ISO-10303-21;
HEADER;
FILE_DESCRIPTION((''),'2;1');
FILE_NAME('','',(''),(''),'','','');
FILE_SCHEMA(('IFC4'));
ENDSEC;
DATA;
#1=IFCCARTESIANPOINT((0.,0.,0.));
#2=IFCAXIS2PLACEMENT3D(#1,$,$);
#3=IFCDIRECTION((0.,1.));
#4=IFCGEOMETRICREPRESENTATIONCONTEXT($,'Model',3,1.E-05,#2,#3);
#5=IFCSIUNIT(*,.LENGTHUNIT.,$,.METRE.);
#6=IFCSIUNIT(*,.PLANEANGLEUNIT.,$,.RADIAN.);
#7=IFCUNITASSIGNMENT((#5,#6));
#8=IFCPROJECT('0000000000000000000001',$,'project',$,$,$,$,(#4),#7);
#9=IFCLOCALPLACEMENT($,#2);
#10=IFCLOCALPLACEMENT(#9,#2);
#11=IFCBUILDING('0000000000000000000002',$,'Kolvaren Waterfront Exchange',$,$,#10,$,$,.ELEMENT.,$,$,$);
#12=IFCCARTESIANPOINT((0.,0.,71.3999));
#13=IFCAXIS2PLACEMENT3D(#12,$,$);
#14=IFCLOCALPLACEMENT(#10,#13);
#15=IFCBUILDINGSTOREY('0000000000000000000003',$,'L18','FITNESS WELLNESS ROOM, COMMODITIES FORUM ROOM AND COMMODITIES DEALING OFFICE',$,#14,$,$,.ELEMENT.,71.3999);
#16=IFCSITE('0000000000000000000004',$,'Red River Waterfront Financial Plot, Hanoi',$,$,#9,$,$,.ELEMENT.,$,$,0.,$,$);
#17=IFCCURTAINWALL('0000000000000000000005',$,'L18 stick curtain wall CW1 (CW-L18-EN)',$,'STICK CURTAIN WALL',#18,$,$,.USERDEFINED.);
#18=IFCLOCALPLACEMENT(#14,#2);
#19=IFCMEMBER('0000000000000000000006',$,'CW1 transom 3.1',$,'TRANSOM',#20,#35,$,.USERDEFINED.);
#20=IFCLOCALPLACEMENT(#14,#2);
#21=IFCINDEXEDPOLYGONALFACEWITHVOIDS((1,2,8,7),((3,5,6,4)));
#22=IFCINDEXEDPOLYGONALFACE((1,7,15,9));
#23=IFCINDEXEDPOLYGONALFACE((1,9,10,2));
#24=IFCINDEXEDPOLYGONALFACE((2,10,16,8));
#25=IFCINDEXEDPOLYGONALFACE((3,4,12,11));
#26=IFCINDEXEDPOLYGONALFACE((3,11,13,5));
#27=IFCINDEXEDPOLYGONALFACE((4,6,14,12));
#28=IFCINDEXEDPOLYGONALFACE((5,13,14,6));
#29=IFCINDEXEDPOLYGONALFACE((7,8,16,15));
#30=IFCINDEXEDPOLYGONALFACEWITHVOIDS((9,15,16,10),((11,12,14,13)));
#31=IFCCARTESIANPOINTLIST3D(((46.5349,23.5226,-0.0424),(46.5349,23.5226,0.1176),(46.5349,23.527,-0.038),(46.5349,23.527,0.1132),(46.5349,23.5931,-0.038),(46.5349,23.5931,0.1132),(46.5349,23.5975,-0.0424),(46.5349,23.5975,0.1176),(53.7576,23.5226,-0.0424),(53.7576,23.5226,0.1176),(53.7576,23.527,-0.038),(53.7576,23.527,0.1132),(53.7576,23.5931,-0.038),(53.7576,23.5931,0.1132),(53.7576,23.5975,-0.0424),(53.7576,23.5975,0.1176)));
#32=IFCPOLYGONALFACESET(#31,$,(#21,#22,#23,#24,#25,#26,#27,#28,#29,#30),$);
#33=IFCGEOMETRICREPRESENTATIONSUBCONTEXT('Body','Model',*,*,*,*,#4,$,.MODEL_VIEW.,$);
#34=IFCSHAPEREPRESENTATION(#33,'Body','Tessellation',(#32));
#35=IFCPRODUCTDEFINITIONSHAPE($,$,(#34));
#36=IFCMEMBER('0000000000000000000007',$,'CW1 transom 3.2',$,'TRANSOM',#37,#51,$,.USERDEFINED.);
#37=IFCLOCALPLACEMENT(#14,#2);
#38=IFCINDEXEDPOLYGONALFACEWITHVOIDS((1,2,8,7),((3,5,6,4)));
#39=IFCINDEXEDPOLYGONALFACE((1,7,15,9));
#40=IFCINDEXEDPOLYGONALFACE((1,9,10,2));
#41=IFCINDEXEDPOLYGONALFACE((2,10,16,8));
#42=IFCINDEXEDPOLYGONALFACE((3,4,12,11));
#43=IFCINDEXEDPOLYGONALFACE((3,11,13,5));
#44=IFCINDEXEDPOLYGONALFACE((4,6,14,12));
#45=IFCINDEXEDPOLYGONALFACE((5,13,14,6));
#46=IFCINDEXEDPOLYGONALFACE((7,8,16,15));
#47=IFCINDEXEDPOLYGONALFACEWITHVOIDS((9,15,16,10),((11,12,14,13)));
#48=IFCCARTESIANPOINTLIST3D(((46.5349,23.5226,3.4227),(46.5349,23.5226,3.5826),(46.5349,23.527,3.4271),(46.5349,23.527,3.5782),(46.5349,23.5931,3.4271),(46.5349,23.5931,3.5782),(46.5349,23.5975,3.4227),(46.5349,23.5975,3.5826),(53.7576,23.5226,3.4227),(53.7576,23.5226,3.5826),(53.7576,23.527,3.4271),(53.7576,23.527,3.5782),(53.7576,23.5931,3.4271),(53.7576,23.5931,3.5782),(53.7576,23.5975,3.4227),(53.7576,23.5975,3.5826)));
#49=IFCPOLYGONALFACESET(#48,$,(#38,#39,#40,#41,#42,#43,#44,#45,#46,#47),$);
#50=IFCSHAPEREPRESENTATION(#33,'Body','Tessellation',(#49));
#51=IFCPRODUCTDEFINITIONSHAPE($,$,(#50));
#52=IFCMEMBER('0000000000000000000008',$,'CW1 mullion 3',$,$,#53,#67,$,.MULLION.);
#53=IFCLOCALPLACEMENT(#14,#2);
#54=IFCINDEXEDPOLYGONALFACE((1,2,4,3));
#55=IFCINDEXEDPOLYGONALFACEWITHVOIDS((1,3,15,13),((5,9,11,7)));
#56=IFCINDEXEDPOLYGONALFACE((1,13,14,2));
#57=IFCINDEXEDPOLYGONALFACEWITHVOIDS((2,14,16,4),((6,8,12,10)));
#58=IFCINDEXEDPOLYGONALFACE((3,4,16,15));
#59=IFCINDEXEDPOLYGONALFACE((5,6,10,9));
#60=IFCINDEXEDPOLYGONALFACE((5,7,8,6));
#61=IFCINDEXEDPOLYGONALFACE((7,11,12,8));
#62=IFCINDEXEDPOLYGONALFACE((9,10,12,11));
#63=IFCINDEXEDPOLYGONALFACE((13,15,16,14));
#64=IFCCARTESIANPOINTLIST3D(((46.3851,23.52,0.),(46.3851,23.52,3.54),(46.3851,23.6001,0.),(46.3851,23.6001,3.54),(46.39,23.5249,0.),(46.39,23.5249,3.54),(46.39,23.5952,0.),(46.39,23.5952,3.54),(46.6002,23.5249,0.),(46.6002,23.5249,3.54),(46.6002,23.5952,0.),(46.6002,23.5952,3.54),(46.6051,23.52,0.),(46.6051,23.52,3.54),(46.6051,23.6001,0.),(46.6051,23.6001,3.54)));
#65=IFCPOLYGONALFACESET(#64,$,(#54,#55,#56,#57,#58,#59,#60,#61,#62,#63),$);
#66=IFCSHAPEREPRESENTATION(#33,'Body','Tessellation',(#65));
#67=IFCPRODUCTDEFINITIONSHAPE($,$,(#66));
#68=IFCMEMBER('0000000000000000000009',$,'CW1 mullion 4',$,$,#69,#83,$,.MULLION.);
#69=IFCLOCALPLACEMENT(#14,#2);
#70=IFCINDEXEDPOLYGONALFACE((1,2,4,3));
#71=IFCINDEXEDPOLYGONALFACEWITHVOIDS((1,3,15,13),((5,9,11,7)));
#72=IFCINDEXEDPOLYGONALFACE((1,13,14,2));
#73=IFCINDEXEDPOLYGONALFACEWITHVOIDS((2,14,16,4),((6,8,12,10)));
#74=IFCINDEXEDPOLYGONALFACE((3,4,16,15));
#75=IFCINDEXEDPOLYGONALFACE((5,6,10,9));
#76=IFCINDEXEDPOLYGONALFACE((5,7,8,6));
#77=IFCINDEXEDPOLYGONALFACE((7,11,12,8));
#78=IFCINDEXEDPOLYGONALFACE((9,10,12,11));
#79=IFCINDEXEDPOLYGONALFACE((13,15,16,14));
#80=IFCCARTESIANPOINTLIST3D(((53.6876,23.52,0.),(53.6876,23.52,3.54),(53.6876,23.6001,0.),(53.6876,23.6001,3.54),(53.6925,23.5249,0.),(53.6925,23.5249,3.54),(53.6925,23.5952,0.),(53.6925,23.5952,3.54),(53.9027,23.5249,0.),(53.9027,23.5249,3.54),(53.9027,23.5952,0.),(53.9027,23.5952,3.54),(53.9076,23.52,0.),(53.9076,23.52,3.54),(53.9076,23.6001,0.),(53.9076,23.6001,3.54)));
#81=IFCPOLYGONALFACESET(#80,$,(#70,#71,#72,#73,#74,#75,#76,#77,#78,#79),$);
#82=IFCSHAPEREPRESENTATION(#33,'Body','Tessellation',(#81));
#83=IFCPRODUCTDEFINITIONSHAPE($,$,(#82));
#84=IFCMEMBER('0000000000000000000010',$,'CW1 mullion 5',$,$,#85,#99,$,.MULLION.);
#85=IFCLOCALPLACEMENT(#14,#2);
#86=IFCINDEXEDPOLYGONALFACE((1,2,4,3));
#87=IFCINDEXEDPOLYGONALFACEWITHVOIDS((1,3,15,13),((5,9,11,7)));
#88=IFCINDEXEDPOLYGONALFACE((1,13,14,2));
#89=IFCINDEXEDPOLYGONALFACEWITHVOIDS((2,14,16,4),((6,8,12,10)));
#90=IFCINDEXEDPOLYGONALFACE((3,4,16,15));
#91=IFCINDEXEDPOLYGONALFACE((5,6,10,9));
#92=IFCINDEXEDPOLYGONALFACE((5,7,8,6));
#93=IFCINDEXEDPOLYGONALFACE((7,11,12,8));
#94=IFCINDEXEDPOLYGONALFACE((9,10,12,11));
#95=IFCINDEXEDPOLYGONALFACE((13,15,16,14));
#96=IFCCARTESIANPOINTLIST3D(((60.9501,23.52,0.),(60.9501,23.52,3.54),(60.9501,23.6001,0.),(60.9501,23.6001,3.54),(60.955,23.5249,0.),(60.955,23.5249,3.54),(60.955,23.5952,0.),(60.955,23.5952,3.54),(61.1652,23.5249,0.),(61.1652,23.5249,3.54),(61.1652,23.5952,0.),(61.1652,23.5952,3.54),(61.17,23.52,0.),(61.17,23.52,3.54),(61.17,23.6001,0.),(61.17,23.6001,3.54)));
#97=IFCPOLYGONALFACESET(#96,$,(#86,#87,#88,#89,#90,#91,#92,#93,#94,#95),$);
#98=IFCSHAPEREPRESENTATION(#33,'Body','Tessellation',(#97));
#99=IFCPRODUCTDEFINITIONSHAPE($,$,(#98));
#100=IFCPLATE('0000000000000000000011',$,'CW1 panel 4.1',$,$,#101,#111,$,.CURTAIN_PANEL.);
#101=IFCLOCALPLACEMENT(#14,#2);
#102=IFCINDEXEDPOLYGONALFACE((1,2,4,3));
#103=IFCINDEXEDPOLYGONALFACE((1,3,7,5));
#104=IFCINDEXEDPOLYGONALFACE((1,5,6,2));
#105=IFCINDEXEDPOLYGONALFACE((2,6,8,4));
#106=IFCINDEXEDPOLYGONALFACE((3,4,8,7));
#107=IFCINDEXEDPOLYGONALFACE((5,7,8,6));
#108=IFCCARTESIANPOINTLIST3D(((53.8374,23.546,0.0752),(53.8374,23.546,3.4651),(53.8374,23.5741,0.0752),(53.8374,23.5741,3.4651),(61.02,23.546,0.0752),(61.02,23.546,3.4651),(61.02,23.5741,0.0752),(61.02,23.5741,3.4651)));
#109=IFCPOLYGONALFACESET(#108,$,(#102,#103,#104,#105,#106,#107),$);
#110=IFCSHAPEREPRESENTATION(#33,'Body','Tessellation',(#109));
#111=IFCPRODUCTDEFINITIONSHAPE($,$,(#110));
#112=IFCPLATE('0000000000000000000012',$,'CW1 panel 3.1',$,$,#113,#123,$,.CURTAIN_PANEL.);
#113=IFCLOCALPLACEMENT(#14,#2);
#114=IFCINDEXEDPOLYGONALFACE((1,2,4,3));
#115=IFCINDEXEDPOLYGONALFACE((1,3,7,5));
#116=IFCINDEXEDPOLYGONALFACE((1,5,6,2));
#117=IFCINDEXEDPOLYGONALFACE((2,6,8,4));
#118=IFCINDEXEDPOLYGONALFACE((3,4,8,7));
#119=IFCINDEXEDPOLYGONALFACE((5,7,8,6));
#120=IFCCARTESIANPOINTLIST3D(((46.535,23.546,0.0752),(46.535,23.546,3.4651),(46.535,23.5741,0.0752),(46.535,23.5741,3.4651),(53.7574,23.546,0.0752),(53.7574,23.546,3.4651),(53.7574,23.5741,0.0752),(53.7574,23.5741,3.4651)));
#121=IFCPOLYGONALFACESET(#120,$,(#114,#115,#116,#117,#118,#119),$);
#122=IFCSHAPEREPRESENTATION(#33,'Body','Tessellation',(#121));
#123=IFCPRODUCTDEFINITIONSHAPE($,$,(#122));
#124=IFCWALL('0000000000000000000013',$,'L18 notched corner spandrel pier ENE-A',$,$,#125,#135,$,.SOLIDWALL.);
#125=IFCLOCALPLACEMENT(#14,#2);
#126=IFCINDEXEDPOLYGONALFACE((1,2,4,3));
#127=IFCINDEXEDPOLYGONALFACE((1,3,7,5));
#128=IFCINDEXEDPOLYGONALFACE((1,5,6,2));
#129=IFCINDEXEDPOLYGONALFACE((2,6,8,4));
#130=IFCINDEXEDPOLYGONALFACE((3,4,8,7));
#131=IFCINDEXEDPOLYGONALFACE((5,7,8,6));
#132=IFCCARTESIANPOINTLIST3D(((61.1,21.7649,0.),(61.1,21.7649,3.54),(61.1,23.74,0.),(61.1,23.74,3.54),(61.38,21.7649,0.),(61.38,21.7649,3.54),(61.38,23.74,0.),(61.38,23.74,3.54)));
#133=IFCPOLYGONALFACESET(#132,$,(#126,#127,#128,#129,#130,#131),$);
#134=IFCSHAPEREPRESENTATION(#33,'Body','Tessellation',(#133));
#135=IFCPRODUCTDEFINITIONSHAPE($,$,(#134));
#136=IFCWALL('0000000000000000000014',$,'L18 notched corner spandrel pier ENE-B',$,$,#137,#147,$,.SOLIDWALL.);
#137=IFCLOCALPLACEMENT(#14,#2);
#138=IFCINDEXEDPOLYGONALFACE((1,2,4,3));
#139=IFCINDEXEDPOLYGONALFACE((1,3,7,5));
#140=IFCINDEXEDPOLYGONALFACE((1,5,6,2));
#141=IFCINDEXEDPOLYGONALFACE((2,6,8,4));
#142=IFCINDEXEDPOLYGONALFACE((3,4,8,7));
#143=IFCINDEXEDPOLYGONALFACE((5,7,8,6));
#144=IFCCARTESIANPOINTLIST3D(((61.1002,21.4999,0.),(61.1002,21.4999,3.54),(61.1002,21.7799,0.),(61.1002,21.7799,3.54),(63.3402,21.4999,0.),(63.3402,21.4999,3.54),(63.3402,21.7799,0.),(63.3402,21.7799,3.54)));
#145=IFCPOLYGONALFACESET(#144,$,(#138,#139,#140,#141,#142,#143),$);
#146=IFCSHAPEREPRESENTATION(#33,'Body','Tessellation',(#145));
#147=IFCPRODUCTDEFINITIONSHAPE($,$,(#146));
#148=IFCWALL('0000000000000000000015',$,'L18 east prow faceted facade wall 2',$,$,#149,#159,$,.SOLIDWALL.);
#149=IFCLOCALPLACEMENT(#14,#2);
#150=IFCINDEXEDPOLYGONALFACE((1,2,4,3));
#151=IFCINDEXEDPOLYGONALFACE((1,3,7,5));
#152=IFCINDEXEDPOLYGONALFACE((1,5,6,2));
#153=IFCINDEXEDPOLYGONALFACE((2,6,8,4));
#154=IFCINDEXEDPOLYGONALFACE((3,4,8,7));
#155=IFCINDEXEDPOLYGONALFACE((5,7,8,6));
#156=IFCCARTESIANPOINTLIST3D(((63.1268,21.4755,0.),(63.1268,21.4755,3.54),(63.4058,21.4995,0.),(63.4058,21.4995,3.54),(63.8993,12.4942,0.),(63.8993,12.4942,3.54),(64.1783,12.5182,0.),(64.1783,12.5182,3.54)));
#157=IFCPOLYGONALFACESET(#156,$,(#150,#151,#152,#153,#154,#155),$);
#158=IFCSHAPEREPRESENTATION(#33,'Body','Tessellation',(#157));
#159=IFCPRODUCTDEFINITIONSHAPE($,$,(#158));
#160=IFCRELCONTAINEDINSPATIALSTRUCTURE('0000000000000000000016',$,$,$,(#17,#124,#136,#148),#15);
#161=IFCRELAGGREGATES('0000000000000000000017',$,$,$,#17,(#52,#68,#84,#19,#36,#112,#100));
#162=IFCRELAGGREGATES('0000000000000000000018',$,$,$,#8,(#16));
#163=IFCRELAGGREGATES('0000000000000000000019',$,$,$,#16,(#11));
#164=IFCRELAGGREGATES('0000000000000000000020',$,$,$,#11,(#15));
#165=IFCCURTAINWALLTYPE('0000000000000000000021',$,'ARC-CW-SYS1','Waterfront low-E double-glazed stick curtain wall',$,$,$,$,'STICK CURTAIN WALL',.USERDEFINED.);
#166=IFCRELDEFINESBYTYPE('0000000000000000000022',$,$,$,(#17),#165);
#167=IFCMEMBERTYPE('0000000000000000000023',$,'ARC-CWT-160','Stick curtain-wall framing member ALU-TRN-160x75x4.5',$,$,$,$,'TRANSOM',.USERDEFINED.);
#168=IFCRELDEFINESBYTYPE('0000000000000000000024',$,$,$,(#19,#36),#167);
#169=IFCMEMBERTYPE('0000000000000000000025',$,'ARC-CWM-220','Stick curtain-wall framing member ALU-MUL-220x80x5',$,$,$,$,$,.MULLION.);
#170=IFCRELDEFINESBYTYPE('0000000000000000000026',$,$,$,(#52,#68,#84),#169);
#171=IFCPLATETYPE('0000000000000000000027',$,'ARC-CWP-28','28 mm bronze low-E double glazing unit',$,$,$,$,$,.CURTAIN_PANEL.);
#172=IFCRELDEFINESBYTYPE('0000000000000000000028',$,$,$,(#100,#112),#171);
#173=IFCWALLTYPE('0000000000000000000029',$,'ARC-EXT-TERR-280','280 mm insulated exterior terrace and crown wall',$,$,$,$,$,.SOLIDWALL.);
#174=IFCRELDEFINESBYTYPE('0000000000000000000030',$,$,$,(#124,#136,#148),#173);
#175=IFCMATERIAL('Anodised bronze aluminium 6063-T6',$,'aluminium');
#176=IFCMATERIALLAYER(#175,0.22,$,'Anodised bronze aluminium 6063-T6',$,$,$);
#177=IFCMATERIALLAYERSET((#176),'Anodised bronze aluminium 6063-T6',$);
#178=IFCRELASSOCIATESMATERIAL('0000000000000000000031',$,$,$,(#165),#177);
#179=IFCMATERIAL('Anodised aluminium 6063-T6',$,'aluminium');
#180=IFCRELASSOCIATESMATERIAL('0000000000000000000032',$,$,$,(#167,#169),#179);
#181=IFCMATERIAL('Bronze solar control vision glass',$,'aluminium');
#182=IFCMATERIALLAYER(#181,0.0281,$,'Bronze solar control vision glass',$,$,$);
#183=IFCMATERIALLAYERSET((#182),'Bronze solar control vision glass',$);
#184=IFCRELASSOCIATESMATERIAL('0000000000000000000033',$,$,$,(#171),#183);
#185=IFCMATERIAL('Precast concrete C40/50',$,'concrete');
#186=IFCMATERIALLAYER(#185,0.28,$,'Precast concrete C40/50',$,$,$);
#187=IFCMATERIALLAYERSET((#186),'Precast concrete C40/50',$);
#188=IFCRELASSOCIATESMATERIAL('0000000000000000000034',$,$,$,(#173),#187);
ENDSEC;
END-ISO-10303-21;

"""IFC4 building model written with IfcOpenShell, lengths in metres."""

from ifc_helpers import new_model, si_unit, direction, frame, frame_2d, origin, origin_with_axes, origin_2d, place, context, subcontext, project, spatial, rectangle, hollow_rectangle, extrude, source, transform, mapped, material, layer, layer_set, material_profile, profile_set, type_object, element, aggregate, save


model = new_model("IFC4")

# Units and contexts
model_context = context("Model", 3, precision=1e-05, world=origin(), true_north=direction((0.0, 1.0)))
body_context = subcontext(model_context, "Body", "Model", "MODEL_VIEW")
ifc_project = project(units=[si_unit("LENGTHUNIT", "METRE"), si_unit("PLANEANGLEUNIT", "RADIAN")], contexts=[model_context])

# Site, building, storey
site_placement = place(None, origin())
site = spatial("IfcSite", under=ifc_project, at=site_placement, Name="Red River Waterfront Financial Plot, Hanoi", CompositionType="ELEMENT", RefElevation=0.0)
building_placement = place(site_placement, origin())
building = spatial("IfcBuilding", under=site, at=building_placement, Name="Kolvaren Waterfront Exchange", CompositionType="ELEMENT")
storey_placement = place(building_placement, frame((0.0, 0.0, 71.3999)))
storey = spatial("IfcBuildingStorey", under=building, at=storey_placement, Name="L18", Description="FITNESS WELLNESS ROOM, COMMODITIES FORUM ROOM AND COMMODITIES DEALING OFFICE", CompositionType="ELEMENT", Elevation=71.3999)

# Curtain wall, members, plates
ifc_material_1 = material(Name="Anodised bronze aluminium 6063-T6", Category="aluminium")
ifc_layer_1 = layer(ifc_material_1, 0.22, Name="Anodised bronze aluminium 6063-T6")
ifc_layer_set_1 = layer_set([ifc_layer_1], Name="Anodised bronze aluminium 6063-T6")
curtain_wall_type = type_object("IfcCurtainWallType", Name="ARC-CW-SYS1", Description="Waterfront low-E double-glazed stick curtain wall", ElementType="STICK CURTAIN WALL", PredefinedType="USERDEFINED", material=ifc_layer_set_1)
curtain_wall_placement = place(storey_placement, origin())
curtain_wall = element("IfcCurtainWall", 1, at=curtain_wall_placement, inside=storey, type_object=curtain_wall_type, Name="L18 stick curtain wall CW1 (CW-L18-EN)", ObjectType="STICK CURTAIN WALL", PredefinedType="USERDEFINED")
ifc_material_2 = material(Name="Anodised aluminium 6063-T6", Category="aluminium")
ifc_material_profile_1 = material_profile(ifc_material_2, hollow_rectangle(XDim=0.075, YDim=0.1599, WallThickness=0.0044, at=origin_2d()), Name="ALU-TRN-160x75x4.5")
ifc_profile_set_1 = profile_set([ifc_material_profile_1], Name="Anodised aluminium 6063-T6")
member_type_1 = type_object("IfcMemberType", Name="ARC-CWT-160", Description="Stick curtain-wall framing member ALU-TRN-160x75x4.5", ElementType="TRANSOM", PredefinedType="USERDEFINED", material=ifc_profile_set_1)
shared_shape_1 = source(origin_with_axes(), body_context, "Body", "SweptSolid", [
    extrude(hollow_rectangle(XDim=0.075, YDim=0.1599, WallThickness=0.0044, at=origin_2d()), origin(), (0.0, 0.0, 1.0), 7.2227),
])
member_1_placement = place(storey_placement, frame((46.5349, 23.5601, 0.0376), z_axis=(1.0, 0.0, 0.0), x_axis=(0.0, 1.0, 0.0)))
member_1 = element("IfcMember", 2, at=member_1_placement, type_object=member_type_1, Name="CW1 transom 3.1", ObjectType="TRANSOM", PredefinedType="USERDEFINED", context=body_context, shape_type="MappedRepresentation", body=[
    mapped(shared_shape_1, transform((0.0, 0.0, 0.0), x_axis=(1.0, 0.0, 0.0), y_axis=(0.0, 1.0, 0.0), z_axis=(0.0, 0.0, 1.0), scale=1.0)),
])
member_2_placement = place(storey_placement, frame((46.5349, 23.5601, 3.5027), z_axis=(1.0, 0.0, 0.0), x_axis=(0.0, 1.0, 0.0)))
member_2 = element("IfcMember", 3, at=member_2_placement, type_object=member_type_1, Name="CW1 transom 3.2", ObjectType="TRANSOM", PredefinedType="USERDEFINED", context=body_context, shape_type="MappedRepresentation", body=[
    mapped(shared_shape_1, transform((0.0, 0.0, 0.0), x_axis=(1.0, 0.0, 0.0), y_axis=(0.0, 1.0, 0.0), z_axis=(0.0, 0.0, 1.0), scale=1.0)),
])
ifc_material_profile_2 = material_profile(ifc_material_2, hollow_rectangle(XDim=0.0801, YDim=0.22, WallThickness=0.0049, at=origin_2d()), Name="ALU-MUL-220x80x5")
ifc_profile_set_2 = profile_set([ifc_material_profile_2], Name="Anodised aluminium 6063-T6")
member_type_2 = type_object("IfcMemberType", Name="ARC-CWM-220", Description="Stick curtain-wall framing member ALU-MUL-220x80x5", PredefinedType="MULLION", material=ifc_profile_set_2)
shared_shape_2 = source(origin_with_axes(), body_context, "Body", "SweptSolid", [
    extrude(hollow_rectangle(XDim=0.0801, YDim=0.22, WallThickness=0.0049, at=origin_2d()), origin(), (0.0, 0.0, 1.0), 3.54),
])
member_3_placement = place(storey_placement, frame((46.4951, 23.5601, 0.0), z_axis=(0.0, 0.0, 1.0), x_axis=(0.0, 1.0, 0.0)))
member_3 = element("IfcMember", 4, at=member_3_placement, type_object=member_type_2, Name="CW1 mullion 3", PredefinedType="MULLION", context=body_context, shape_type="MappedRepresentation", body=[
    mapped(shared_shape_2, transform((0.0, 0.0, 0.0), x_axis=(1.0, 0.0, 0.0), y_axis=(0.0, 1.0, 0.0), z_axis=(0.0, 0.0, 1.0), scale=1.0)),
])
member_4_placement = place(storey_placement, frame((53.7976, 23.5601, 0.0), z_axis=(0.0, 0.0, 1.0), x_axis=(0.0, 1.0, 0.0)))
member_4 = element("IfcMember", 5, at=member_4_placement, type_object=member_type_2, Name="CW1 mullion 4", PredefinedType="MULLION", context=body_context, shape_type="MappedRepresentation", body=[
    mapped(shared_shape_2, transform((0.0, 0.0, 0.0), x_axis=(1.0, 0.0, 0.0), y_axis=(0.0, 1.0, 0.0), z_axis=(0.0, 0.0, 1.0), scale=1.0)),
])
member_5_placement = place(storey_placement, frame((61.0601, 23.5601, 0.0), z_axis=(0.0, 0.0, 1.0), x_axis=(0.0, 1.0, 0.0)))
member_5 = element("IfcMember", 6, at=member_5_placement, type_object=member_type_2, Name="CW1 mullion 5", PredefinedType="MULLION", context=body_context, shape_type="MappedRepresentation", body=[
    mapped(shared_shape_2, transform((0.0, 0.0, 0.0), x_axis=(1.0, 0.0, 0.0), y_axis=(0.0, 1.0, 0.0), z_axis=(0.0, 0.0, 1.0), scale=1.0)),
])
ifc_material_3 = material(Name="Bronze solar control vision glass", Category="aluminium")
ifc_layer_2 = layer(ifc_material_3, 0.0281, Name="Bronze solar control vision glass")
ifc_layer_set_2 = layer_set([ifc_layer_2], Name="Bronze solar control vision glass")
plate_type = type_object("IfcPlateType", Name="ARC-CWP-28", Description="28 mm bronze low-E double glazing unit", PredefinedType="CURTAIN_PANEL", material=ifc_layer_set_2)
shared_shape_3 = source(origin_with_axes(), body_context, "Body", "SweptSolid", [
    extrude(rectangle(XDim=7.1826, YDim=0.0281, at=origin_2d()), origin(), (0.0, 0.0, 1.0), 3.3899),
])
plate_1_placement = place(storey_placement, frame((57.4287, 23.5601, 0.0752), z_axis=(0.0, 0.0, 1.0), x_axis=(1.0, 0.0, 0.0)))
plate_1 = element("IfcPlate", 7, at=plate_1_placement, type_object=plate_type, Name="CW1 panel 4.1", PredefinedType="CURTAIN_PANEL", context=body_context, shape_type="MappedRepresentation", body=[
    mapped(shared_shape_3, transform((0.0, 0.0, 0.0), x_axis=(1.0, 0.0, 0.0), y_axis=(0.0, 1.0, 0.0), z_axis=(0.0, 0.0, 1.0), scale=1.0)),
])
shared_shape_4 = source(origin_with_axes(), body_context, "Body", "SweptSolid", [
    extrude(rectangle(XDim=7.2224, YDim=0.0281, at=origin_2d()), origin(), (0.0, 0.0, 1.0), 3.3899),
])
plate_2_placement = place(storey_placement, frame((50.1462, 23.5601, 0.0752), z_axis=(0.0, 0.0, 1.0), x_axis=(1.0, 0.0, 0.0)))
plate_2 = element("IfcPlate", 8, at=plate_2_placement, type_object=plate_type, Name="CW1 panel 3.1", PredefinedType="CURTAIN_PANEL", context=body_context, shape_type="MappedRepresentation", body=[
    mapped(shared_shape_4, transform((0.0, 0.0, 0.0), x_axis=(1.0, 0.0, 0.0), y_axis=(0.0, 1.0, 0.0), z_axis=(0.0, 0.0, 1.0), scale=1.0)),
])
aggregate(curtain_wall, [member_3, member_4, member_5, member_1, member_2, plate_2, plate_1])

# Walls
ifc_material_4 = material(Name="Precast concrete C40/50", Category="concrete")
ifc_layer_3 = layer(ifc_material_4, 0.28, Name="Precast concrete C40/50")
ifc_layer_set_3 = layer_set([ifc_layer_3], Name="Precast concrete C40/50")
wall_type_1 = type_object("IfcWallType", Name="ARC-EXT-TERR-280", Description="280 mm insulated exterior terrace and crown wall", PredefinedType="SOLIDWALL", material=ifc_layer_set_3)
wall_1_placement = place(storey_placement, frame((61.24, 21.7649, 0.0), z_axis=(0.0, 0.0, 1.0), x_axis=(0.0, 1.0, 0.0)))
element("IfcWall", 9, at=wall_1_placement, inside=storey, type_object=wall_type_1, Name="L18 notched corner spandrel pier ENE-A", PredefinedType="SOLIDWALL", context=body_context, shape_type="SweptSolid", body=[
    extrude(rectangle(XDim=1.9751, YDim=0.28, at=frame_2d((0.9875, 0.0))), origin(), (0.0, 0.0, 1.0), 3.54),
])
wall_2_placement = place(storey_placement, frame((61.1001, 21.6399, 0.0), z_axis=(0.0, 0.0, 1.0), x_axis=(1.0, 0.0, 0.0)))
element("IfcWall", 10, at=wall_2_placement, inside=storey, type_object=wall_type_1, Name="L18 notched corner spandrel pier ENE-B", PredefinedType="SOLIDWALL", context=body_context, shape_type="SweptSolid", body=[
    extrude(rectangle(XDim=2.24, YDim=0.28, at=frame_2d((1.1201, 0.0))), origin(), (0.0, 0.0, 1.0), 3.54),
])
wall_3_placement = place(storey_placement, frame((64.0388, 12.5061, 0.0), z_axis=(0.0, 0.0, 1.0), x_axis=(-0.085692, 0.996322, 0.0)))
element("IfcWall", 11, at=wall_3_placement, inside=storey, type_object=wall_type_1, Name="L18 east prow faceted facade wall 2", PredefinedType="SOLIDWALL", context=body_context, shape_type="SweptSolid", body=[
    extrude(rectangle(XDim=9.0144, YDim=0.28, at=frame_2d((4.5073, 0.0))), origin(), (0.0, 0.0, 1.0), 3.54),
])

save(model, "model.ifc")
